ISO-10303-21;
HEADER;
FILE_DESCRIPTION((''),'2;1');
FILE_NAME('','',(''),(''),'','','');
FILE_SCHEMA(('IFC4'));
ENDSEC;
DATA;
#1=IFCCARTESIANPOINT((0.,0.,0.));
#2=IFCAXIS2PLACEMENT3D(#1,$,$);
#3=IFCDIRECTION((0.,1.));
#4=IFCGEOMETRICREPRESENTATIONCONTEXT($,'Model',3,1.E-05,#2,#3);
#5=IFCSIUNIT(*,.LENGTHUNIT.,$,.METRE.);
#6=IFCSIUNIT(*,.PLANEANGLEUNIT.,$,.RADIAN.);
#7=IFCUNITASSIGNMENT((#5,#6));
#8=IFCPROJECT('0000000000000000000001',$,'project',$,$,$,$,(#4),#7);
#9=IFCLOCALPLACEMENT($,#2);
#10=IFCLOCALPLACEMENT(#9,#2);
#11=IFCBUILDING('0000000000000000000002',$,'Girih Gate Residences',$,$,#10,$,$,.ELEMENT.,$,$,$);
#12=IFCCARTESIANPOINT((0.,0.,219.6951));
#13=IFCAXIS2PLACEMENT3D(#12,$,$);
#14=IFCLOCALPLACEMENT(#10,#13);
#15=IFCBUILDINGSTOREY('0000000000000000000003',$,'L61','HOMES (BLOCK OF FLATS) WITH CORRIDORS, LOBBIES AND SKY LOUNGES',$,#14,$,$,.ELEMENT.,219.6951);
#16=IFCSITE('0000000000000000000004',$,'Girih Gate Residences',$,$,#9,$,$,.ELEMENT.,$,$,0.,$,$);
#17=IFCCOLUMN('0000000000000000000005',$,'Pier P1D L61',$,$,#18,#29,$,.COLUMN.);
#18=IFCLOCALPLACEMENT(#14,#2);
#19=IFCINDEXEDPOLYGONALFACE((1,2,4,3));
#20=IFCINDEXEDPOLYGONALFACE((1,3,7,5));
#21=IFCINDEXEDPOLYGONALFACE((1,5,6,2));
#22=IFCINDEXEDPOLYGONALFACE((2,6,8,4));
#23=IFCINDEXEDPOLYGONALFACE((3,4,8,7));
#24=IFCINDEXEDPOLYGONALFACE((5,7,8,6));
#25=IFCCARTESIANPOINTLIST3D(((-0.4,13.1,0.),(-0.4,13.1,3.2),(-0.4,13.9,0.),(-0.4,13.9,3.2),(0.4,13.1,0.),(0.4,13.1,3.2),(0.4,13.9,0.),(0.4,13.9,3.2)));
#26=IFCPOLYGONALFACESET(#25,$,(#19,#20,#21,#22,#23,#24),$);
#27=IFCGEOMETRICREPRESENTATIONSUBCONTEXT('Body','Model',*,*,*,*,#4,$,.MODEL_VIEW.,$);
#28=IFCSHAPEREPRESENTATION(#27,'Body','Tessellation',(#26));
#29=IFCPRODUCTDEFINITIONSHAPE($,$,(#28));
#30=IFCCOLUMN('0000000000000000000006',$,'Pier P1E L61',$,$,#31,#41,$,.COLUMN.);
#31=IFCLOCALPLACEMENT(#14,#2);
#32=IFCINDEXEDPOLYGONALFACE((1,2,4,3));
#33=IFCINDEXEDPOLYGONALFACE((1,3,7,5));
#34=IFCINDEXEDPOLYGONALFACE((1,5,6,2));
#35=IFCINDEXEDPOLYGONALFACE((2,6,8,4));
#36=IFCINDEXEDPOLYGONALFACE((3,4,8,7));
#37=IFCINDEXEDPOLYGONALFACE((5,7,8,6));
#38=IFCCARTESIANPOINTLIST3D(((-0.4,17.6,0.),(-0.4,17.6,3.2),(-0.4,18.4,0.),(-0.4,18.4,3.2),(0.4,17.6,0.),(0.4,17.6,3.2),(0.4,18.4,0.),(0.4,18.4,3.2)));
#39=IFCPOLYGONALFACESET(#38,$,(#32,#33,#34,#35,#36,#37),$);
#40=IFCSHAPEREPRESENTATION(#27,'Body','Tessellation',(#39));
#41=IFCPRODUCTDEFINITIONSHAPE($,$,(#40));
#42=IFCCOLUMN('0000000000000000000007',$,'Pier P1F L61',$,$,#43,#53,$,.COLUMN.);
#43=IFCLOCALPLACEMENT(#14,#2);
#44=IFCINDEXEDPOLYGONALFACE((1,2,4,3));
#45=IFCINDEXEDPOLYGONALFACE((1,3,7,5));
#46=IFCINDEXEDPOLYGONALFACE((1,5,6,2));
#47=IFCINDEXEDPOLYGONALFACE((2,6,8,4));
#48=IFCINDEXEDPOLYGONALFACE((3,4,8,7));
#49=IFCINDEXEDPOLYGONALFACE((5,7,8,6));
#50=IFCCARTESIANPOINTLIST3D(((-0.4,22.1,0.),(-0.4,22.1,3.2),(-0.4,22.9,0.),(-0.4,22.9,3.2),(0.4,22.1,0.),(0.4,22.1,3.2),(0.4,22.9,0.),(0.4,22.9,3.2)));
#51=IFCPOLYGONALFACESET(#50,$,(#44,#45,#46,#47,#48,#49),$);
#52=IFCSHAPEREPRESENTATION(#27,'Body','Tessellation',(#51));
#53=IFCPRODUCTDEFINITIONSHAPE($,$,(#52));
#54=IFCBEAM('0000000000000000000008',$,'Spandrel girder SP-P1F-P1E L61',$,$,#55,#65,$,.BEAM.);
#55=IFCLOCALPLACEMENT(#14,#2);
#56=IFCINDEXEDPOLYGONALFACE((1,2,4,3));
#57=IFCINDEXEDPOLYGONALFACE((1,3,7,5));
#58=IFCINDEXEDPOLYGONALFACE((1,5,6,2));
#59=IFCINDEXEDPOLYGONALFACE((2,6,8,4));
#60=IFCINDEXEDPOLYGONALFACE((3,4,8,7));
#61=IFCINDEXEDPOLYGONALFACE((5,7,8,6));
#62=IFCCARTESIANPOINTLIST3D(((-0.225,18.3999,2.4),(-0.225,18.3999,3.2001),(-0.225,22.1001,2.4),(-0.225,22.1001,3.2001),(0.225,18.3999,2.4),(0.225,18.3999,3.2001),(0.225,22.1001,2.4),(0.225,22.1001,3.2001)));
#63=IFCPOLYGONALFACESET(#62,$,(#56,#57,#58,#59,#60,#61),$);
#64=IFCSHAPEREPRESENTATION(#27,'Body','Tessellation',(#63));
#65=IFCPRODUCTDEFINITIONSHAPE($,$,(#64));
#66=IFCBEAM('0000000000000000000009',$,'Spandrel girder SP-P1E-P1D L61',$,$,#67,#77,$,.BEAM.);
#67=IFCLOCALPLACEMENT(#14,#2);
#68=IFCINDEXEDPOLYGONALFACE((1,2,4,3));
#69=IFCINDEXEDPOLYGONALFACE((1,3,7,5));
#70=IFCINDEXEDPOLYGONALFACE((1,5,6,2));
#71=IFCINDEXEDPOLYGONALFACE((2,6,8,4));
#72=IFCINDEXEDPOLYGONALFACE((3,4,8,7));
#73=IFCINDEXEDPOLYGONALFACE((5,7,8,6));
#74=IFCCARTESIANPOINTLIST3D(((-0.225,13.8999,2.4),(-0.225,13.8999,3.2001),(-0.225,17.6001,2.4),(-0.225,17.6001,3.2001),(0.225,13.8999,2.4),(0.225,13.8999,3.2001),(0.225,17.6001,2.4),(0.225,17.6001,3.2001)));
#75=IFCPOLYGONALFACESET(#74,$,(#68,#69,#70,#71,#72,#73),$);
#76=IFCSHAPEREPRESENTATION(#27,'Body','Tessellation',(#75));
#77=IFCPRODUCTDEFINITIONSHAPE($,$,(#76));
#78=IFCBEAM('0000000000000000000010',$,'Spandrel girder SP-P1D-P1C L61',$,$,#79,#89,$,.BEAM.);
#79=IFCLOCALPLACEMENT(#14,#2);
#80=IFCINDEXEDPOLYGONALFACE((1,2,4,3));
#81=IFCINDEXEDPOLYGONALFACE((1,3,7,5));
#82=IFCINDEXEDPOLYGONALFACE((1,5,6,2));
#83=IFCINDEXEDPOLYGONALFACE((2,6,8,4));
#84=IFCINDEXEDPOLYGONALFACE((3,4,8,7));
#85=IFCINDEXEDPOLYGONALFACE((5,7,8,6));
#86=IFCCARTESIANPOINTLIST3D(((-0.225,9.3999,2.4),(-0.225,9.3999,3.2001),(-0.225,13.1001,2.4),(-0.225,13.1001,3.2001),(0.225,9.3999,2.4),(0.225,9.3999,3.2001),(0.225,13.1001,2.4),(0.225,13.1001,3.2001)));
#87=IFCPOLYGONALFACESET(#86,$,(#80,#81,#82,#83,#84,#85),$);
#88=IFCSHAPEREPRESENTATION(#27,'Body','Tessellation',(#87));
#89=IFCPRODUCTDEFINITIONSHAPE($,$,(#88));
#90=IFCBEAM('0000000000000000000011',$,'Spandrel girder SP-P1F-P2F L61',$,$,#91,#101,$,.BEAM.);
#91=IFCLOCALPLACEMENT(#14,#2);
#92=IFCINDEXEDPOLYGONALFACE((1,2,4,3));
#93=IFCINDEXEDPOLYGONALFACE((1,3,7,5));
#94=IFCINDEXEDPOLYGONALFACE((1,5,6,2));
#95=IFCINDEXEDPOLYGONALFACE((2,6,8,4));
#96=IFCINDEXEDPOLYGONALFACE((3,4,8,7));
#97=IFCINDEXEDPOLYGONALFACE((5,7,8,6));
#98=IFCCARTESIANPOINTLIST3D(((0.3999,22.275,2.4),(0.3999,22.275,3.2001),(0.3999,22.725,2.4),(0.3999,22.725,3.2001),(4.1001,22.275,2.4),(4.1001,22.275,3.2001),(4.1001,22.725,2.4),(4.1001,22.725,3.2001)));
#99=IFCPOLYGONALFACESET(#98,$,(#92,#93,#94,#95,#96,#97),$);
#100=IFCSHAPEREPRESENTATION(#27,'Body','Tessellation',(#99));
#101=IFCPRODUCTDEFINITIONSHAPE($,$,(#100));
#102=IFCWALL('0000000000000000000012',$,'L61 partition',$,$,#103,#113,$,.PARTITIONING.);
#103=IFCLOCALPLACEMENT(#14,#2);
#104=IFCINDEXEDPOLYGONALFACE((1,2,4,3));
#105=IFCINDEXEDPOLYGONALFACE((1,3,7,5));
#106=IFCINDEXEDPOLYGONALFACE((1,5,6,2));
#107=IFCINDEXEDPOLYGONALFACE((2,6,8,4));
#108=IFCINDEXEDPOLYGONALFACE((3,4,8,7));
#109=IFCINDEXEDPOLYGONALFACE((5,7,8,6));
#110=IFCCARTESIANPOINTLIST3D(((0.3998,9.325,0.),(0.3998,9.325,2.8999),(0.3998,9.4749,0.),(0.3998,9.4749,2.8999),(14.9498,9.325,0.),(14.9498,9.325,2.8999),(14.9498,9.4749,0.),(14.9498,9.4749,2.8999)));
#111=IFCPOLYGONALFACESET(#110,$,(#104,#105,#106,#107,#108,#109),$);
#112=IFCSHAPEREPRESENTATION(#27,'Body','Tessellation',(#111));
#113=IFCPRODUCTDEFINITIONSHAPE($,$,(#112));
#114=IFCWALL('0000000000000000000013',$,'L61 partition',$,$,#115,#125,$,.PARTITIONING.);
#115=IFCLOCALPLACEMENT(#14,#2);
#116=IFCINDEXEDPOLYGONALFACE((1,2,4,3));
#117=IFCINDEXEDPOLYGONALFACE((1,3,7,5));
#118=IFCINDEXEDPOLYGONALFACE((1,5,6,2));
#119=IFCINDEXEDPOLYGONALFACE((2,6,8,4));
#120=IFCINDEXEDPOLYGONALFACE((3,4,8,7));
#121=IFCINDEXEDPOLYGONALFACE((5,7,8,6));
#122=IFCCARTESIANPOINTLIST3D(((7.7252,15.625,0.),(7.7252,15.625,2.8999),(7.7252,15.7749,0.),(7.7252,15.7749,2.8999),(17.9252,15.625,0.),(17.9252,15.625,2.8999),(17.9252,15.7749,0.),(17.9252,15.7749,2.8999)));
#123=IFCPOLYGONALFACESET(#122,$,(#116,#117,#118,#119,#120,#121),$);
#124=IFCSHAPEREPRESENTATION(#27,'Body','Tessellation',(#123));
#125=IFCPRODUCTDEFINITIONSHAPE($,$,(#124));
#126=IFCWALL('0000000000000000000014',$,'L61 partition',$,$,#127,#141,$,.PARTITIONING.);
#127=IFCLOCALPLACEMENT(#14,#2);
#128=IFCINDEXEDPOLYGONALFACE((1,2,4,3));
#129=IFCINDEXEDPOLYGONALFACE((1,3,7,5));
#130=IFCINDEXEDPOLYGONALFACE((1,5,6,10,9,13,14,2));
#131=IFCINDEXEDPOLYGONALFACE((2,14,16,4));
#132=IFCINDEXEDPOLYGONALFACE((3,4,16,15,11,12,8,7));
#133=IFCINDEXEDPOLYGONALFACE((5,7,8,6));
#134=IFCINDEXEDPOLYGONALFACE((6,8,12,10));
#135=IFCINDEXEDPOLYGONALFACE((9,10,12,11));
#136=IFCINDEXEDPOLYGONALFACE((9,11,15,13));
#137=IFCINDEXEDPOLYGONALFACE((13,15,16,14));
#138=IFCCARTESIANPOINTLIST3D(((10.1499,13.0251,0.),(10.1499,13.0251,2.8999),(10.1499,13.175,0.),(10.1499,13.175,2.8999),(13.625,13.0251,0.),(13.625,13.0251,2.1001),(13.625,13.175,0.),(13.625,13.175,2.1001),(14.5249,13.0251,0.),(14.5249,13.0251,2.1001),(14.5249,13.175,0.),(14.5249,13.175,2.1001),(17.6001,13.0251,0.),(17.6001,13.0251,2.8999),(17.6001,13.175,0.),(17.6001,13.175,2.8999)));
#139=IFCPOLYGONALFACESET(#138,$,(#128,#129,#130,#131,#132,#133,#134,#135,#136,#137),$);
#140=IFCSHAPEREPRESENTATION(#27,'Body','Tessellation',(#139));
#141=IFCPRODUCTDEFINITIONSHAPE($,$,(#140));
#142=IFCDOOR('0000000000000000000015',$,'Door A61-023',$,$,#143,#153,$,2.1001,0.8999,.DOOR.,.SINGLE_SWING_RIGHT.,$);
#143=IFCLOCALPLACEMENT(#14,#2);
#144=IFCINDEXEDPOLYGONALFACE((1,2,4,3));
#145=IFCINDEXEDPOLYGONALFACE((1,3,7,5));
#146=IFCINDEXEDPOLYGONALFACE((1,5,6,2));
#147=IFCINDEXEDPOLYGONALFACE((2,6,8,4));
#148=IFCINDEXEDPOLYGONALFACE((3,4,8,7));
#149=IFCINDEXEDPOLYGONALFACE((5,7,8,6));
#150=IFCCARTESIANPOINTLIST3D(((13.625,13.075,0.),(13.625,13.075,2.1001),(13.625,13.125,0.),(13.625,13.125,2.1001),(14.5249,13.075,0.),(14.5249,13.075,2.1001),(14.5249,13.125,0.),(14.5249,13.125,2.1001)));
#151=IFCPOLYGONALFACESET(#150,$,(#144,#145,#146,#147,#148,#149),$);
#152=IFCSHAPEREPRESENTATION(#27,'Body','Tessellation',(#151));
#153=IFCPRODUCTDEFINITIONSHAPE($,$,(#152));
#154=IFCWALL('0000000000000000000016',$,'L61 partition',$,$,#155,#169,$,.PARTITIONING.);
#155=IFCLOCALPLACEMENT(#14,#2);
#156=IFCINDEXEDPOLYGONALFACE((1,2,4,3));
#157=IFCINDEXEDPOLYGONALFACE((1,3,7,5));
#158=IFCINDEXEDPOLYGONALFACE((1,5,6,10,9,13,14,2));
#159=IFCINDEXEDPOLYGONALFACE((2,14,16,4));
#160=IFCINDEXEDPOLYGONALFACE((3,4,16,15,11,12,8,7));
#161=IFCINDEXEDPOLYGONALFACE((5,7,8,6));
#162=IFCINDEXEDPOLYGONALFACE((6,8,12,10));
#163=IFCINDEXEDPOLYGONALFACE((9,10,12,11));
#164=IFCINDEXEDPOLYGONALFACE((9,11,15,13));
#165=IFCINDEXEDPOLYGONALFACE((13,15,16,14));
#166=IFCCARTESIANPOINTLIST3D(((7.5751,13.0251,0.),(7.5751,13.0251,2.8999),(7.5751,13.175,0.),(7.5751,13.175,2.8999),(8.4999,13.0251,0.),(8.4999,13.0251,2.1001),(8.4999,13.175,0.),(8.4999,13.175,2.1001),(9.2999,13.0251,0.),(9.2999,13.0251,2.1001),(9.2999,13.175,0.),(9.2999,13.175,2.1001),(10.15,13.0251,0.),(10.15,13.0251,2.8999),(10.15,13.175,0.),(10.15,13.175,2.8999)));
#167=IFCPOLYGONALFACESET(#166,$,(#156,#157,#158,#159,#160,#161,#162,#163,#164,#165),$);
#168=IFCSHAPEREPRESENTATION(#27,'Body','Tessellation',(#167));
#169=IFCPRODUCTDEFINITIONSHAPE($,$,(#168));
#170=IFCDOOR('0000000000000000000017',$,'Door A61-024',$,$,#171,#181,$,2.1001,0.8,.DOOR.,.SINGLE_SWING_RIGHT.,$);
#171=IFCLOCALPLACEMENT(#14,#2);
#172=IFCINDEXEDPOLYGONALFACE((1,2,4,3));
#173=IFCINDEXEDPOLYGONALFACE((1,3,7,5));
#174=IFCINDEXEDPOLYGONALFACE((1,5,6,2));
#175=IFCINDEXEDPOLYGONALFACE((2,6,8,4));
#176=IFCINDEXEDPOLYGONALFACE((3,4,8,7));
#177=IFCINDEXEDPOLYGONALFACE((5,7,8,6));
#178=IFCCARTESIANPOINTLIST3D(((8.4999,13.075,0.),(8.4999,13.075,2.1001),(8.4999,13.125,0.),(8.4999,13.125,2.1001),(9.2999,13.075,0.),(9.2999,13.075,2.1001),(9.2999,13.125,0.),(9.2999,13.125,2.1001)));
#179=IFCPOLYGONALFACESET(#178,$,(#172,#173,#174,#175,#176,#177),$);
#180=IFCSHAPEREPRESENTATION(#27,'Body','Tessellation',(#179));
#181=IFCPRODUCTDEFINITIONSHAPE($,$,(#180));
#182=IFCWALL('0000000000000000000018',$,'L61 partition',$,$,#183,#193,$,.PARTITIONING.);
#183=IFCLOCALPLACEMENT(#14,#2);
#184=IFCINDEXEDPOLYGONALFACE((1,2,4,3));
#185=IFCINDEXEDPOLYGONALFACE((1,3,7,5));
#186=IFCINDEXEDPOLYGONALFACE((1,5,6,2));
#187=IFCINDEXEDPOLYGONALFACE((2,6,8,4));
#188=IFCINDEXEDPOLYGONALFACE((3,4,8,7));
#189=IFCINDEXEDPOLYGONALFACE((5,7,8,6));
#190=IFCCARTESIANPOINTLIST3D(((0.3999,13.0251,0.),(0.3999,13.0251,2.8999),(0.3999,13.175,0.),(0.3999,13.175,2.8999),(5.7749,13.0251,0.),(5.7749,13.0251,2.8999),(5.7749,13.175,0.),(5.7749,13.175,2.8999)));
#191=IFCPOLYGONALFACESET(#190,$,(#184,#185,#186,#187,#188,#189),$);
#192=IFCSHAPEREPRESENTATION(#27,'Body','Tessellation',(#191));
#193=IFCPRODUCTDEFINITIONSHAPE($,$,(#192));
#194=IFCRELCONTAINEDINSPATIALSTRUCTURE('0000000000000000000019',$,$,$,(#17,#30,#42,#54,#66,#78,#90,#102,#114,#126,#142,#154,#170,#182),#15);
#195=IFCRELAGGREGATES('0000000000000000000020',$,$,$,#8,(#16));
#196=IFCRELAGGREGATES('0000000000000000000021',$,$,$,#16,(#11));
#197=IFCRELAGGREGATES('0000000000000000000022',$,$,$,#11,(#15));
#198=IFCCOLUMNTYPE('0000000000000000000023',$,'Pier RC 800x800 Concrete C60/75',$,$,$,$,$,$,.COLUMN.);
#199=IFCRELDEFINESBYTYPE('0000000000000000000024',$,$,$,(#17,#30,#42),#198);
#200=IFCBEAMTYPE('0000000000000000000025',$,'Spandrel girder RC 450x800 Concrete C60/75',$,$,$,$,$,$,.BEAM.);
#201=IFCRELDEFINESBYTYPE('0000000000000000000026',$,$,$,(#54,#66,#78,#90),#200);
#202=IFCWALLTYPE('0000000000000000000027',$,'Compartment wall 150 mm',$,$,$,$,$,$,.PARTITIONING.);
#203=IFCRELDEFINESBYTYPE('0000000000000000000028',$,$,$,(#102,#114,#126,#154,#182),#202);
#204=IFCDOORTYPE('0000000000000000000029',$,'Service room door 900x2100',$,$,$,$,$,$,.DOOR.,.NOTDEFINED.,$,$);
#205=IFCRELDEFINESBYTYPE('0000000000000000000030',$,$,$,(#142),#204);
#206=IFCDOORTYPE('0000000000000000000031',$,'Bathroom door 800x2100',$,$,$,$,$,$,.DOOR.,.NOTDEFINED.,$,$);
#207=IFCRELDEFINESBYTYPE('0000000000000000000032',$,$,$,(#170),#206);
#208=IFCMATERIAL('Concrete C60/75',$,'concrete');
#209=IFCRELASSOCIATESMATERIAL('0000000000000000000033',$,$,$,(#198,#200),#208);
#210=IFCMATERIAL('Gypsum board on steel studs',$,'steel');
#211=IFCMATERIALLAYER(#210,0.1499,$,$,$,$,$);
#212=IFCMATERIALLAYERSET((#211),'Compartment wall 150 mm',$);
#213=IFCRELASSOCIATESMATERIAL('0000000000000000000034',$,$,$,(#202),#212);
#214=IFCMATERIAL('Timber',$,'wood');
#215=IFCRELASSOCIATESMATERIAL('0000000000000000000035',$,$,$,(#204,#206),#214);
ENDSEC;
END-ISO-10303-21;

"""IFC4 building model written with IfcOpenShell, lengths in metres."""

from ifc_helpers import new_model, si_unit, direction, frame, frame_2d, origin, origin_2d, place, context, subcontext, project, spatial, rectangle, extrude, material, layer, layer_set, material_profile, profile_set, type_object, element, fill, save


model = new_model("IFC4")

# Units and contexts
model_context = context("Model", 3, precision=1e-05, world=origin(), true_north=direction((0.0, 1.0)))
body_context = subcontext(model_context, "Body", "Model", "MODEL_VIEW")
ifc_project = project(units=[si_unit("LENGTHUNIT", "METRE"), si_unit("PLANEANGLEUNIT", "RADIAN")], contexts=[model_context])

# Site, building, storey
site_placement = place(None, origin())
site = spatial("IfcSite", under=ifc_project, at=site_placement, Name="Girih Gate Residences", CompositionType="ELEMENT", RefElevation=0.0)
building_placement = place(site_placement, origin())
building = spatial("IfcBuilding", under=site, at=building_placement, Name="Girih Gate Residences", CompositionType="ELEMENT")
storey_placement = place(building_placement, frame((0.0, 0.0, 219.6951)))
storey = spatial("IfcBuildingStorey", under=building, at=storey_placement, Name="L61", Description="HOMES (BLOCK OF FLATS) WITH CORRIDORS, LOBBIES AND SKY LOUNGES", CompositionType="ELEMENT", Elevation=219.6951)

# Columns
ifc_material_1 = material(Name="Concrete C60/75", Category="concrete")
ifc_material_profile_1 = material_profile(ifc_material_1, rectangle(XDim=0.8, YDim=0.8, at=origin_2d()))
ifc_profile_set_1 = profile_set([ifc_material_profile_1], Name="Concrete C60/75")
column_type = type_object("IfcColumnType", Name="Pier RC 800x800 Concrete C60/75", PredefinedType="COLUMN", material=ifc_profile_set_1)
for number, where, z_axis, x_axis, name in (
    (1, (0.0, 13.5, 0.0), (0.0, 0.0, 1.0), (1.0, 0.0, 0.0), "Pier P1D L61"),
    (2, (0.0, 18.0, 0.0), (0.0, 0.0, 1.0), (1.0, 0.0, 0.0), "Pier P1E L61"),
    (3, (0.0, 22.5, 0.0), (0.0, 0.0, 1.0), (1.0, 0.0, 0.0), "Pier P1F L61"),
):
    element("IfcColumn", number, at=place(storey_placement, frame(where, z_axis=z_axis, x_axis=x_axis)), inside=storey, type_object=column_type, Name=name, PredefinedType="COLUMN", context=body_context, shape_type="SweptSolid", body=[
        extrude(rectangle(XDim=0.8, YDim=0.8, at=origin_2d()), origin(), (0.0, 0.0, 1.0), 3.2),
    ])

# Beams
ifc_material_profile_2 = material_profile(ifc_material_1, rectangle(XDim=0.45, YDim=0.8, at=origin_2d()))
ifc_profile_set_2 = profile_set([ifc_material_profile_2], Name="Concrete C60/75")
beam_type = type_object("IfcBeamType", Name="Spandrel girder RC 450x800 Concrete C60/75", PredefinedType="BEAM", material=ifc_profile_set_2)
for number, where, z_axis, x_axis, name in (
    (4, (0.0, 22.1001, 2.8), (0.0, -1.0, 0.0), (1.0, 0.0, 0.0), "Spandrel girder SP-P1F-P1E L61"),
    (5, (0.0, 17.6001, 2.8), (0.0, -1.0, 0.0), (1.0, 0.0, 0.0), "Spandrel girder SP-P1E-P1D L61"),
    (6, (0.0, 13.1001, 2.8), (0.0, -1.0, 0.0), (1.0, 0.0, 0.0), "Spandrel girder SP-P1D-P1C L61"),
    (7, (0.3999, 22.5, 2.8), (1.0, 0.0, 0.0), (0.0, 1.0, 0.0), "Spandrel girder SP-P1F-P2F L61"),
):
    element("IfcBeam", number, at=place(storey_placement, frame(where, z_axis=z_axis, x_axis=x_axis)), inside=storey, type_object=beam_type, Name=name, PredefinedType="BEAM", context=body_context, shape_type="SweptSolid", body=[
        extrude(rectangle(XDim=0.45, YDim=0.8, at=origin_2d()), origin(), (0.0, 0.0, 1.0), 3.7002),
    ])

# Walls
ifc_material_2 = material(Name="Gypsum board on steel studs", Category="steel")
ifc_layer_1 = layer(ifc_material_2, 0.1499)
ifc_layer_set_1 = layer_set([ifc_layer_1], Name="Compartment wall 150 mm")
wall_type_1 = type_object("IfcWallType", Name="Compartment wall 150 mm", PredefinedType="PARTITIONING", material=ifc_layer_set_1)
wall_1_placement = place(storey_placement, frame((0.3999, 9.3999, 0.0), z_axis=(0.0, 0.0, 1.0), x_axis=(1.0, 0.0, 0.0)))
element("IfcWall", 8, at=wall_1_placement, inside=storey, type_object=wall_type_1, Name="L61 partition", PredefinedType="PARTITIONING", context=body_context, shape_type="SweptSolid", body=[
    extrude(rectangle(XDim=14.55, YDim=0.1499, at=frame_2d((7.2749, 0.0))), origin(), (0.0, 0.0, 1.0), 2.8999),
])
wall_2_placement = place(storey_placement, frame((7.7251, 15.7, 0.0), z_axis=(0.0, 0.0, 1.0), x_axis=(1.0, 0.0, 0.0)))
element("IfcWall", 9, at=wall_2_placement, inside=storey, type_object=wall_type_1, Name="L61 partition", PredefinedType="PARTITIONING", context=body_context, shape_type="SweptSolid", body=[
    extrude(rectangle(XDim=10.2, YDim=0.1499, at=frame_2d((5.1001, 0.0))), origin(), (0.0, 0.0, 1.0), 2.8999),
])

# Walls, openings, doors
wall_3_placement = place(storey_placement, frame((10.1499, 13.1001, 0.0), z_axis=(0.0, 0.0, 1.0), x_axis=(1.0, 0.0, 0.0)))
wall_3 = element("IfcWall", 10, at=wall_3_placement, inside=storey, type_object=wall_type_1, Name="L61 partition", PredefinedType="PARTITIONING", context=body_context, shape_type="SweptSolid", body=[
    extrude(rectangle(XDim=7.4502, YDim=0.1499, at=frame_2d((3.7251, 0.0))), origin(), (0.0, 0.0, 1.0), 2.8999),
])
opening_1_placement = place(wall_3_placement, frame((3.4751, 0.0, 0.0)))
opening_1 = element("IfcOpeningElement", 11, at=opening_1_placement, cuts=wall_3, PredefinedType="OPENING", context=body_context, shape_type="SweptSolid", body=[
    extrude(rectangle(XDim=0.8999, YDim=2.1001, at=frame_2d((0.45, 1.05))), frame((0.0, 0.085, 0.0), z_axis=(0.0, -1.0, 0.0), x_axis=(1.0, 0.0, 0.0)), (0.0, 0.0, 1.0), 0.1699),
])
ifc_material_3 = material(Name="Timber", Category="wood")
door_type_1 = type_object("IfcDoorType", Name="Service room door 900x2100", OperationType="NOTDEFINED", PredefinedType="DOOR", material=ifc_material_3)
door_1_placement = place(opening_1_placement, origin())
door_1 = element("IfcDoor", 12, at=door_1_placement, inside=storey, type_object=door_type_1, Name="Door A61-023", OperationType="SINGLE_SWING_RIGHT", OverallHeight=2.1001, OverallWidth=0.8999, PredefinedType="DOOR", context=body_context, shape_type="SweptSolid", body=[
    extrude(rectangle(XDim=0.8999, YDim=2.1001, at=frame_2d((0.45, 1.05))), frame((0.0, 0.0249, 0.0), z_axis=(0.0, -1.0, 0.0), x_axis=(1.0, 0.0, 0.0)), (0.0, 0.0, 1.0), 0.05),
])
fill(opening_1, door_1)
wall_4_placement = place(storey_placement, frame((7.575, 13.1001, 0.0), z_axis=(0.0, 0.0, 1.0), x_axis=(1.0, 0.0, 0.0)))
wall_4 = element("IfcWall", 13, at=wall_4_placement, inside=storey, type_object=wall_type_1, Name="L61 partition", PredefinedType="PARTITIONING", context=body_context, shape_type="SweptSolid", body=[
    extrude(rectangle(XDim=2.575, YDim=0.1499, at=frame_2d((1.2876, 0.0))), origin(), (0.0, 0.0, 1.0), 2.8999),
])
opening_2_placement = place(wall_4_placement, frame((0.925, 0.0, 0.0)))
opening_2 = element("IfcOpeningElement", 14, at=opening_2_placement, cuts=wall_4, PredefinedType="OPENING", context=body_context, shape_type="SweptSolid", body=[
    extrude(rectangle(XDim=0.8, YDim=2.1001, at=frame_2d((0.3999, 1.05))), frame((0.0, 0.085, 0.0), z_axis=(0.0, -1.0, 0.0), x_axis=(1.0, 0.0, 0.0)), (0.0, 0.0, 1.0), 0.1699),
])
door_type_2 = type_object("IfcDoorType", Name="Bathroom door 800x2100", OperationType="NOTDEFINED", PredefinedType="DOOR", material=ifc_material_3)
door_2_placement = place(opening_2_placement, origin())
door_2 = element("IfcDoor", 15, at=door_2_placement, inside=storey, type_object=door_type_2, Name="Door A61-024", OperationType="SINGLE_SWING_RIGHT", OverallHeight=2.1001, OverallWidth=0.8, PredefinedType="DOOR", context=body_context, shape_type="SweptSolid", body=[
    extrude(rectangle(XDim=0.8, YDim=2.1001, at=frame_2d((0.3999, 1.05))), frame((0.0, 0.0249, 0.0), z_axis=(0.0, -1.0, 0.0), x_axis=(1.0, 0.0, 0.0)), (0.0, 0.0, 1.0), 0.05),
])
fill(opening_2, door_2)

# Wall
wall_5_placement = place(storey_placement, frame((0.3999, 13.1001, 0.0), z_axis=(0.0, 0.0, 1.0), x_axis=(1.0, 0.0, 0.0)))
element("IfcWall", 16, at=wall_5_placement, inside=storey, type_object=wall_type_1, Name="L61 partition", PredefinedType="PARTITIONING", context=body_context, shape_type="SweptSolid", body=[
    extrude(rectangle(XDim=5.375, YDim=0.1499, at=frame_2d((2.6875, 0.0))), origin(), (0.0, 0.0, 1.0), 2.8999),
])

save(model, "model.ifc")
